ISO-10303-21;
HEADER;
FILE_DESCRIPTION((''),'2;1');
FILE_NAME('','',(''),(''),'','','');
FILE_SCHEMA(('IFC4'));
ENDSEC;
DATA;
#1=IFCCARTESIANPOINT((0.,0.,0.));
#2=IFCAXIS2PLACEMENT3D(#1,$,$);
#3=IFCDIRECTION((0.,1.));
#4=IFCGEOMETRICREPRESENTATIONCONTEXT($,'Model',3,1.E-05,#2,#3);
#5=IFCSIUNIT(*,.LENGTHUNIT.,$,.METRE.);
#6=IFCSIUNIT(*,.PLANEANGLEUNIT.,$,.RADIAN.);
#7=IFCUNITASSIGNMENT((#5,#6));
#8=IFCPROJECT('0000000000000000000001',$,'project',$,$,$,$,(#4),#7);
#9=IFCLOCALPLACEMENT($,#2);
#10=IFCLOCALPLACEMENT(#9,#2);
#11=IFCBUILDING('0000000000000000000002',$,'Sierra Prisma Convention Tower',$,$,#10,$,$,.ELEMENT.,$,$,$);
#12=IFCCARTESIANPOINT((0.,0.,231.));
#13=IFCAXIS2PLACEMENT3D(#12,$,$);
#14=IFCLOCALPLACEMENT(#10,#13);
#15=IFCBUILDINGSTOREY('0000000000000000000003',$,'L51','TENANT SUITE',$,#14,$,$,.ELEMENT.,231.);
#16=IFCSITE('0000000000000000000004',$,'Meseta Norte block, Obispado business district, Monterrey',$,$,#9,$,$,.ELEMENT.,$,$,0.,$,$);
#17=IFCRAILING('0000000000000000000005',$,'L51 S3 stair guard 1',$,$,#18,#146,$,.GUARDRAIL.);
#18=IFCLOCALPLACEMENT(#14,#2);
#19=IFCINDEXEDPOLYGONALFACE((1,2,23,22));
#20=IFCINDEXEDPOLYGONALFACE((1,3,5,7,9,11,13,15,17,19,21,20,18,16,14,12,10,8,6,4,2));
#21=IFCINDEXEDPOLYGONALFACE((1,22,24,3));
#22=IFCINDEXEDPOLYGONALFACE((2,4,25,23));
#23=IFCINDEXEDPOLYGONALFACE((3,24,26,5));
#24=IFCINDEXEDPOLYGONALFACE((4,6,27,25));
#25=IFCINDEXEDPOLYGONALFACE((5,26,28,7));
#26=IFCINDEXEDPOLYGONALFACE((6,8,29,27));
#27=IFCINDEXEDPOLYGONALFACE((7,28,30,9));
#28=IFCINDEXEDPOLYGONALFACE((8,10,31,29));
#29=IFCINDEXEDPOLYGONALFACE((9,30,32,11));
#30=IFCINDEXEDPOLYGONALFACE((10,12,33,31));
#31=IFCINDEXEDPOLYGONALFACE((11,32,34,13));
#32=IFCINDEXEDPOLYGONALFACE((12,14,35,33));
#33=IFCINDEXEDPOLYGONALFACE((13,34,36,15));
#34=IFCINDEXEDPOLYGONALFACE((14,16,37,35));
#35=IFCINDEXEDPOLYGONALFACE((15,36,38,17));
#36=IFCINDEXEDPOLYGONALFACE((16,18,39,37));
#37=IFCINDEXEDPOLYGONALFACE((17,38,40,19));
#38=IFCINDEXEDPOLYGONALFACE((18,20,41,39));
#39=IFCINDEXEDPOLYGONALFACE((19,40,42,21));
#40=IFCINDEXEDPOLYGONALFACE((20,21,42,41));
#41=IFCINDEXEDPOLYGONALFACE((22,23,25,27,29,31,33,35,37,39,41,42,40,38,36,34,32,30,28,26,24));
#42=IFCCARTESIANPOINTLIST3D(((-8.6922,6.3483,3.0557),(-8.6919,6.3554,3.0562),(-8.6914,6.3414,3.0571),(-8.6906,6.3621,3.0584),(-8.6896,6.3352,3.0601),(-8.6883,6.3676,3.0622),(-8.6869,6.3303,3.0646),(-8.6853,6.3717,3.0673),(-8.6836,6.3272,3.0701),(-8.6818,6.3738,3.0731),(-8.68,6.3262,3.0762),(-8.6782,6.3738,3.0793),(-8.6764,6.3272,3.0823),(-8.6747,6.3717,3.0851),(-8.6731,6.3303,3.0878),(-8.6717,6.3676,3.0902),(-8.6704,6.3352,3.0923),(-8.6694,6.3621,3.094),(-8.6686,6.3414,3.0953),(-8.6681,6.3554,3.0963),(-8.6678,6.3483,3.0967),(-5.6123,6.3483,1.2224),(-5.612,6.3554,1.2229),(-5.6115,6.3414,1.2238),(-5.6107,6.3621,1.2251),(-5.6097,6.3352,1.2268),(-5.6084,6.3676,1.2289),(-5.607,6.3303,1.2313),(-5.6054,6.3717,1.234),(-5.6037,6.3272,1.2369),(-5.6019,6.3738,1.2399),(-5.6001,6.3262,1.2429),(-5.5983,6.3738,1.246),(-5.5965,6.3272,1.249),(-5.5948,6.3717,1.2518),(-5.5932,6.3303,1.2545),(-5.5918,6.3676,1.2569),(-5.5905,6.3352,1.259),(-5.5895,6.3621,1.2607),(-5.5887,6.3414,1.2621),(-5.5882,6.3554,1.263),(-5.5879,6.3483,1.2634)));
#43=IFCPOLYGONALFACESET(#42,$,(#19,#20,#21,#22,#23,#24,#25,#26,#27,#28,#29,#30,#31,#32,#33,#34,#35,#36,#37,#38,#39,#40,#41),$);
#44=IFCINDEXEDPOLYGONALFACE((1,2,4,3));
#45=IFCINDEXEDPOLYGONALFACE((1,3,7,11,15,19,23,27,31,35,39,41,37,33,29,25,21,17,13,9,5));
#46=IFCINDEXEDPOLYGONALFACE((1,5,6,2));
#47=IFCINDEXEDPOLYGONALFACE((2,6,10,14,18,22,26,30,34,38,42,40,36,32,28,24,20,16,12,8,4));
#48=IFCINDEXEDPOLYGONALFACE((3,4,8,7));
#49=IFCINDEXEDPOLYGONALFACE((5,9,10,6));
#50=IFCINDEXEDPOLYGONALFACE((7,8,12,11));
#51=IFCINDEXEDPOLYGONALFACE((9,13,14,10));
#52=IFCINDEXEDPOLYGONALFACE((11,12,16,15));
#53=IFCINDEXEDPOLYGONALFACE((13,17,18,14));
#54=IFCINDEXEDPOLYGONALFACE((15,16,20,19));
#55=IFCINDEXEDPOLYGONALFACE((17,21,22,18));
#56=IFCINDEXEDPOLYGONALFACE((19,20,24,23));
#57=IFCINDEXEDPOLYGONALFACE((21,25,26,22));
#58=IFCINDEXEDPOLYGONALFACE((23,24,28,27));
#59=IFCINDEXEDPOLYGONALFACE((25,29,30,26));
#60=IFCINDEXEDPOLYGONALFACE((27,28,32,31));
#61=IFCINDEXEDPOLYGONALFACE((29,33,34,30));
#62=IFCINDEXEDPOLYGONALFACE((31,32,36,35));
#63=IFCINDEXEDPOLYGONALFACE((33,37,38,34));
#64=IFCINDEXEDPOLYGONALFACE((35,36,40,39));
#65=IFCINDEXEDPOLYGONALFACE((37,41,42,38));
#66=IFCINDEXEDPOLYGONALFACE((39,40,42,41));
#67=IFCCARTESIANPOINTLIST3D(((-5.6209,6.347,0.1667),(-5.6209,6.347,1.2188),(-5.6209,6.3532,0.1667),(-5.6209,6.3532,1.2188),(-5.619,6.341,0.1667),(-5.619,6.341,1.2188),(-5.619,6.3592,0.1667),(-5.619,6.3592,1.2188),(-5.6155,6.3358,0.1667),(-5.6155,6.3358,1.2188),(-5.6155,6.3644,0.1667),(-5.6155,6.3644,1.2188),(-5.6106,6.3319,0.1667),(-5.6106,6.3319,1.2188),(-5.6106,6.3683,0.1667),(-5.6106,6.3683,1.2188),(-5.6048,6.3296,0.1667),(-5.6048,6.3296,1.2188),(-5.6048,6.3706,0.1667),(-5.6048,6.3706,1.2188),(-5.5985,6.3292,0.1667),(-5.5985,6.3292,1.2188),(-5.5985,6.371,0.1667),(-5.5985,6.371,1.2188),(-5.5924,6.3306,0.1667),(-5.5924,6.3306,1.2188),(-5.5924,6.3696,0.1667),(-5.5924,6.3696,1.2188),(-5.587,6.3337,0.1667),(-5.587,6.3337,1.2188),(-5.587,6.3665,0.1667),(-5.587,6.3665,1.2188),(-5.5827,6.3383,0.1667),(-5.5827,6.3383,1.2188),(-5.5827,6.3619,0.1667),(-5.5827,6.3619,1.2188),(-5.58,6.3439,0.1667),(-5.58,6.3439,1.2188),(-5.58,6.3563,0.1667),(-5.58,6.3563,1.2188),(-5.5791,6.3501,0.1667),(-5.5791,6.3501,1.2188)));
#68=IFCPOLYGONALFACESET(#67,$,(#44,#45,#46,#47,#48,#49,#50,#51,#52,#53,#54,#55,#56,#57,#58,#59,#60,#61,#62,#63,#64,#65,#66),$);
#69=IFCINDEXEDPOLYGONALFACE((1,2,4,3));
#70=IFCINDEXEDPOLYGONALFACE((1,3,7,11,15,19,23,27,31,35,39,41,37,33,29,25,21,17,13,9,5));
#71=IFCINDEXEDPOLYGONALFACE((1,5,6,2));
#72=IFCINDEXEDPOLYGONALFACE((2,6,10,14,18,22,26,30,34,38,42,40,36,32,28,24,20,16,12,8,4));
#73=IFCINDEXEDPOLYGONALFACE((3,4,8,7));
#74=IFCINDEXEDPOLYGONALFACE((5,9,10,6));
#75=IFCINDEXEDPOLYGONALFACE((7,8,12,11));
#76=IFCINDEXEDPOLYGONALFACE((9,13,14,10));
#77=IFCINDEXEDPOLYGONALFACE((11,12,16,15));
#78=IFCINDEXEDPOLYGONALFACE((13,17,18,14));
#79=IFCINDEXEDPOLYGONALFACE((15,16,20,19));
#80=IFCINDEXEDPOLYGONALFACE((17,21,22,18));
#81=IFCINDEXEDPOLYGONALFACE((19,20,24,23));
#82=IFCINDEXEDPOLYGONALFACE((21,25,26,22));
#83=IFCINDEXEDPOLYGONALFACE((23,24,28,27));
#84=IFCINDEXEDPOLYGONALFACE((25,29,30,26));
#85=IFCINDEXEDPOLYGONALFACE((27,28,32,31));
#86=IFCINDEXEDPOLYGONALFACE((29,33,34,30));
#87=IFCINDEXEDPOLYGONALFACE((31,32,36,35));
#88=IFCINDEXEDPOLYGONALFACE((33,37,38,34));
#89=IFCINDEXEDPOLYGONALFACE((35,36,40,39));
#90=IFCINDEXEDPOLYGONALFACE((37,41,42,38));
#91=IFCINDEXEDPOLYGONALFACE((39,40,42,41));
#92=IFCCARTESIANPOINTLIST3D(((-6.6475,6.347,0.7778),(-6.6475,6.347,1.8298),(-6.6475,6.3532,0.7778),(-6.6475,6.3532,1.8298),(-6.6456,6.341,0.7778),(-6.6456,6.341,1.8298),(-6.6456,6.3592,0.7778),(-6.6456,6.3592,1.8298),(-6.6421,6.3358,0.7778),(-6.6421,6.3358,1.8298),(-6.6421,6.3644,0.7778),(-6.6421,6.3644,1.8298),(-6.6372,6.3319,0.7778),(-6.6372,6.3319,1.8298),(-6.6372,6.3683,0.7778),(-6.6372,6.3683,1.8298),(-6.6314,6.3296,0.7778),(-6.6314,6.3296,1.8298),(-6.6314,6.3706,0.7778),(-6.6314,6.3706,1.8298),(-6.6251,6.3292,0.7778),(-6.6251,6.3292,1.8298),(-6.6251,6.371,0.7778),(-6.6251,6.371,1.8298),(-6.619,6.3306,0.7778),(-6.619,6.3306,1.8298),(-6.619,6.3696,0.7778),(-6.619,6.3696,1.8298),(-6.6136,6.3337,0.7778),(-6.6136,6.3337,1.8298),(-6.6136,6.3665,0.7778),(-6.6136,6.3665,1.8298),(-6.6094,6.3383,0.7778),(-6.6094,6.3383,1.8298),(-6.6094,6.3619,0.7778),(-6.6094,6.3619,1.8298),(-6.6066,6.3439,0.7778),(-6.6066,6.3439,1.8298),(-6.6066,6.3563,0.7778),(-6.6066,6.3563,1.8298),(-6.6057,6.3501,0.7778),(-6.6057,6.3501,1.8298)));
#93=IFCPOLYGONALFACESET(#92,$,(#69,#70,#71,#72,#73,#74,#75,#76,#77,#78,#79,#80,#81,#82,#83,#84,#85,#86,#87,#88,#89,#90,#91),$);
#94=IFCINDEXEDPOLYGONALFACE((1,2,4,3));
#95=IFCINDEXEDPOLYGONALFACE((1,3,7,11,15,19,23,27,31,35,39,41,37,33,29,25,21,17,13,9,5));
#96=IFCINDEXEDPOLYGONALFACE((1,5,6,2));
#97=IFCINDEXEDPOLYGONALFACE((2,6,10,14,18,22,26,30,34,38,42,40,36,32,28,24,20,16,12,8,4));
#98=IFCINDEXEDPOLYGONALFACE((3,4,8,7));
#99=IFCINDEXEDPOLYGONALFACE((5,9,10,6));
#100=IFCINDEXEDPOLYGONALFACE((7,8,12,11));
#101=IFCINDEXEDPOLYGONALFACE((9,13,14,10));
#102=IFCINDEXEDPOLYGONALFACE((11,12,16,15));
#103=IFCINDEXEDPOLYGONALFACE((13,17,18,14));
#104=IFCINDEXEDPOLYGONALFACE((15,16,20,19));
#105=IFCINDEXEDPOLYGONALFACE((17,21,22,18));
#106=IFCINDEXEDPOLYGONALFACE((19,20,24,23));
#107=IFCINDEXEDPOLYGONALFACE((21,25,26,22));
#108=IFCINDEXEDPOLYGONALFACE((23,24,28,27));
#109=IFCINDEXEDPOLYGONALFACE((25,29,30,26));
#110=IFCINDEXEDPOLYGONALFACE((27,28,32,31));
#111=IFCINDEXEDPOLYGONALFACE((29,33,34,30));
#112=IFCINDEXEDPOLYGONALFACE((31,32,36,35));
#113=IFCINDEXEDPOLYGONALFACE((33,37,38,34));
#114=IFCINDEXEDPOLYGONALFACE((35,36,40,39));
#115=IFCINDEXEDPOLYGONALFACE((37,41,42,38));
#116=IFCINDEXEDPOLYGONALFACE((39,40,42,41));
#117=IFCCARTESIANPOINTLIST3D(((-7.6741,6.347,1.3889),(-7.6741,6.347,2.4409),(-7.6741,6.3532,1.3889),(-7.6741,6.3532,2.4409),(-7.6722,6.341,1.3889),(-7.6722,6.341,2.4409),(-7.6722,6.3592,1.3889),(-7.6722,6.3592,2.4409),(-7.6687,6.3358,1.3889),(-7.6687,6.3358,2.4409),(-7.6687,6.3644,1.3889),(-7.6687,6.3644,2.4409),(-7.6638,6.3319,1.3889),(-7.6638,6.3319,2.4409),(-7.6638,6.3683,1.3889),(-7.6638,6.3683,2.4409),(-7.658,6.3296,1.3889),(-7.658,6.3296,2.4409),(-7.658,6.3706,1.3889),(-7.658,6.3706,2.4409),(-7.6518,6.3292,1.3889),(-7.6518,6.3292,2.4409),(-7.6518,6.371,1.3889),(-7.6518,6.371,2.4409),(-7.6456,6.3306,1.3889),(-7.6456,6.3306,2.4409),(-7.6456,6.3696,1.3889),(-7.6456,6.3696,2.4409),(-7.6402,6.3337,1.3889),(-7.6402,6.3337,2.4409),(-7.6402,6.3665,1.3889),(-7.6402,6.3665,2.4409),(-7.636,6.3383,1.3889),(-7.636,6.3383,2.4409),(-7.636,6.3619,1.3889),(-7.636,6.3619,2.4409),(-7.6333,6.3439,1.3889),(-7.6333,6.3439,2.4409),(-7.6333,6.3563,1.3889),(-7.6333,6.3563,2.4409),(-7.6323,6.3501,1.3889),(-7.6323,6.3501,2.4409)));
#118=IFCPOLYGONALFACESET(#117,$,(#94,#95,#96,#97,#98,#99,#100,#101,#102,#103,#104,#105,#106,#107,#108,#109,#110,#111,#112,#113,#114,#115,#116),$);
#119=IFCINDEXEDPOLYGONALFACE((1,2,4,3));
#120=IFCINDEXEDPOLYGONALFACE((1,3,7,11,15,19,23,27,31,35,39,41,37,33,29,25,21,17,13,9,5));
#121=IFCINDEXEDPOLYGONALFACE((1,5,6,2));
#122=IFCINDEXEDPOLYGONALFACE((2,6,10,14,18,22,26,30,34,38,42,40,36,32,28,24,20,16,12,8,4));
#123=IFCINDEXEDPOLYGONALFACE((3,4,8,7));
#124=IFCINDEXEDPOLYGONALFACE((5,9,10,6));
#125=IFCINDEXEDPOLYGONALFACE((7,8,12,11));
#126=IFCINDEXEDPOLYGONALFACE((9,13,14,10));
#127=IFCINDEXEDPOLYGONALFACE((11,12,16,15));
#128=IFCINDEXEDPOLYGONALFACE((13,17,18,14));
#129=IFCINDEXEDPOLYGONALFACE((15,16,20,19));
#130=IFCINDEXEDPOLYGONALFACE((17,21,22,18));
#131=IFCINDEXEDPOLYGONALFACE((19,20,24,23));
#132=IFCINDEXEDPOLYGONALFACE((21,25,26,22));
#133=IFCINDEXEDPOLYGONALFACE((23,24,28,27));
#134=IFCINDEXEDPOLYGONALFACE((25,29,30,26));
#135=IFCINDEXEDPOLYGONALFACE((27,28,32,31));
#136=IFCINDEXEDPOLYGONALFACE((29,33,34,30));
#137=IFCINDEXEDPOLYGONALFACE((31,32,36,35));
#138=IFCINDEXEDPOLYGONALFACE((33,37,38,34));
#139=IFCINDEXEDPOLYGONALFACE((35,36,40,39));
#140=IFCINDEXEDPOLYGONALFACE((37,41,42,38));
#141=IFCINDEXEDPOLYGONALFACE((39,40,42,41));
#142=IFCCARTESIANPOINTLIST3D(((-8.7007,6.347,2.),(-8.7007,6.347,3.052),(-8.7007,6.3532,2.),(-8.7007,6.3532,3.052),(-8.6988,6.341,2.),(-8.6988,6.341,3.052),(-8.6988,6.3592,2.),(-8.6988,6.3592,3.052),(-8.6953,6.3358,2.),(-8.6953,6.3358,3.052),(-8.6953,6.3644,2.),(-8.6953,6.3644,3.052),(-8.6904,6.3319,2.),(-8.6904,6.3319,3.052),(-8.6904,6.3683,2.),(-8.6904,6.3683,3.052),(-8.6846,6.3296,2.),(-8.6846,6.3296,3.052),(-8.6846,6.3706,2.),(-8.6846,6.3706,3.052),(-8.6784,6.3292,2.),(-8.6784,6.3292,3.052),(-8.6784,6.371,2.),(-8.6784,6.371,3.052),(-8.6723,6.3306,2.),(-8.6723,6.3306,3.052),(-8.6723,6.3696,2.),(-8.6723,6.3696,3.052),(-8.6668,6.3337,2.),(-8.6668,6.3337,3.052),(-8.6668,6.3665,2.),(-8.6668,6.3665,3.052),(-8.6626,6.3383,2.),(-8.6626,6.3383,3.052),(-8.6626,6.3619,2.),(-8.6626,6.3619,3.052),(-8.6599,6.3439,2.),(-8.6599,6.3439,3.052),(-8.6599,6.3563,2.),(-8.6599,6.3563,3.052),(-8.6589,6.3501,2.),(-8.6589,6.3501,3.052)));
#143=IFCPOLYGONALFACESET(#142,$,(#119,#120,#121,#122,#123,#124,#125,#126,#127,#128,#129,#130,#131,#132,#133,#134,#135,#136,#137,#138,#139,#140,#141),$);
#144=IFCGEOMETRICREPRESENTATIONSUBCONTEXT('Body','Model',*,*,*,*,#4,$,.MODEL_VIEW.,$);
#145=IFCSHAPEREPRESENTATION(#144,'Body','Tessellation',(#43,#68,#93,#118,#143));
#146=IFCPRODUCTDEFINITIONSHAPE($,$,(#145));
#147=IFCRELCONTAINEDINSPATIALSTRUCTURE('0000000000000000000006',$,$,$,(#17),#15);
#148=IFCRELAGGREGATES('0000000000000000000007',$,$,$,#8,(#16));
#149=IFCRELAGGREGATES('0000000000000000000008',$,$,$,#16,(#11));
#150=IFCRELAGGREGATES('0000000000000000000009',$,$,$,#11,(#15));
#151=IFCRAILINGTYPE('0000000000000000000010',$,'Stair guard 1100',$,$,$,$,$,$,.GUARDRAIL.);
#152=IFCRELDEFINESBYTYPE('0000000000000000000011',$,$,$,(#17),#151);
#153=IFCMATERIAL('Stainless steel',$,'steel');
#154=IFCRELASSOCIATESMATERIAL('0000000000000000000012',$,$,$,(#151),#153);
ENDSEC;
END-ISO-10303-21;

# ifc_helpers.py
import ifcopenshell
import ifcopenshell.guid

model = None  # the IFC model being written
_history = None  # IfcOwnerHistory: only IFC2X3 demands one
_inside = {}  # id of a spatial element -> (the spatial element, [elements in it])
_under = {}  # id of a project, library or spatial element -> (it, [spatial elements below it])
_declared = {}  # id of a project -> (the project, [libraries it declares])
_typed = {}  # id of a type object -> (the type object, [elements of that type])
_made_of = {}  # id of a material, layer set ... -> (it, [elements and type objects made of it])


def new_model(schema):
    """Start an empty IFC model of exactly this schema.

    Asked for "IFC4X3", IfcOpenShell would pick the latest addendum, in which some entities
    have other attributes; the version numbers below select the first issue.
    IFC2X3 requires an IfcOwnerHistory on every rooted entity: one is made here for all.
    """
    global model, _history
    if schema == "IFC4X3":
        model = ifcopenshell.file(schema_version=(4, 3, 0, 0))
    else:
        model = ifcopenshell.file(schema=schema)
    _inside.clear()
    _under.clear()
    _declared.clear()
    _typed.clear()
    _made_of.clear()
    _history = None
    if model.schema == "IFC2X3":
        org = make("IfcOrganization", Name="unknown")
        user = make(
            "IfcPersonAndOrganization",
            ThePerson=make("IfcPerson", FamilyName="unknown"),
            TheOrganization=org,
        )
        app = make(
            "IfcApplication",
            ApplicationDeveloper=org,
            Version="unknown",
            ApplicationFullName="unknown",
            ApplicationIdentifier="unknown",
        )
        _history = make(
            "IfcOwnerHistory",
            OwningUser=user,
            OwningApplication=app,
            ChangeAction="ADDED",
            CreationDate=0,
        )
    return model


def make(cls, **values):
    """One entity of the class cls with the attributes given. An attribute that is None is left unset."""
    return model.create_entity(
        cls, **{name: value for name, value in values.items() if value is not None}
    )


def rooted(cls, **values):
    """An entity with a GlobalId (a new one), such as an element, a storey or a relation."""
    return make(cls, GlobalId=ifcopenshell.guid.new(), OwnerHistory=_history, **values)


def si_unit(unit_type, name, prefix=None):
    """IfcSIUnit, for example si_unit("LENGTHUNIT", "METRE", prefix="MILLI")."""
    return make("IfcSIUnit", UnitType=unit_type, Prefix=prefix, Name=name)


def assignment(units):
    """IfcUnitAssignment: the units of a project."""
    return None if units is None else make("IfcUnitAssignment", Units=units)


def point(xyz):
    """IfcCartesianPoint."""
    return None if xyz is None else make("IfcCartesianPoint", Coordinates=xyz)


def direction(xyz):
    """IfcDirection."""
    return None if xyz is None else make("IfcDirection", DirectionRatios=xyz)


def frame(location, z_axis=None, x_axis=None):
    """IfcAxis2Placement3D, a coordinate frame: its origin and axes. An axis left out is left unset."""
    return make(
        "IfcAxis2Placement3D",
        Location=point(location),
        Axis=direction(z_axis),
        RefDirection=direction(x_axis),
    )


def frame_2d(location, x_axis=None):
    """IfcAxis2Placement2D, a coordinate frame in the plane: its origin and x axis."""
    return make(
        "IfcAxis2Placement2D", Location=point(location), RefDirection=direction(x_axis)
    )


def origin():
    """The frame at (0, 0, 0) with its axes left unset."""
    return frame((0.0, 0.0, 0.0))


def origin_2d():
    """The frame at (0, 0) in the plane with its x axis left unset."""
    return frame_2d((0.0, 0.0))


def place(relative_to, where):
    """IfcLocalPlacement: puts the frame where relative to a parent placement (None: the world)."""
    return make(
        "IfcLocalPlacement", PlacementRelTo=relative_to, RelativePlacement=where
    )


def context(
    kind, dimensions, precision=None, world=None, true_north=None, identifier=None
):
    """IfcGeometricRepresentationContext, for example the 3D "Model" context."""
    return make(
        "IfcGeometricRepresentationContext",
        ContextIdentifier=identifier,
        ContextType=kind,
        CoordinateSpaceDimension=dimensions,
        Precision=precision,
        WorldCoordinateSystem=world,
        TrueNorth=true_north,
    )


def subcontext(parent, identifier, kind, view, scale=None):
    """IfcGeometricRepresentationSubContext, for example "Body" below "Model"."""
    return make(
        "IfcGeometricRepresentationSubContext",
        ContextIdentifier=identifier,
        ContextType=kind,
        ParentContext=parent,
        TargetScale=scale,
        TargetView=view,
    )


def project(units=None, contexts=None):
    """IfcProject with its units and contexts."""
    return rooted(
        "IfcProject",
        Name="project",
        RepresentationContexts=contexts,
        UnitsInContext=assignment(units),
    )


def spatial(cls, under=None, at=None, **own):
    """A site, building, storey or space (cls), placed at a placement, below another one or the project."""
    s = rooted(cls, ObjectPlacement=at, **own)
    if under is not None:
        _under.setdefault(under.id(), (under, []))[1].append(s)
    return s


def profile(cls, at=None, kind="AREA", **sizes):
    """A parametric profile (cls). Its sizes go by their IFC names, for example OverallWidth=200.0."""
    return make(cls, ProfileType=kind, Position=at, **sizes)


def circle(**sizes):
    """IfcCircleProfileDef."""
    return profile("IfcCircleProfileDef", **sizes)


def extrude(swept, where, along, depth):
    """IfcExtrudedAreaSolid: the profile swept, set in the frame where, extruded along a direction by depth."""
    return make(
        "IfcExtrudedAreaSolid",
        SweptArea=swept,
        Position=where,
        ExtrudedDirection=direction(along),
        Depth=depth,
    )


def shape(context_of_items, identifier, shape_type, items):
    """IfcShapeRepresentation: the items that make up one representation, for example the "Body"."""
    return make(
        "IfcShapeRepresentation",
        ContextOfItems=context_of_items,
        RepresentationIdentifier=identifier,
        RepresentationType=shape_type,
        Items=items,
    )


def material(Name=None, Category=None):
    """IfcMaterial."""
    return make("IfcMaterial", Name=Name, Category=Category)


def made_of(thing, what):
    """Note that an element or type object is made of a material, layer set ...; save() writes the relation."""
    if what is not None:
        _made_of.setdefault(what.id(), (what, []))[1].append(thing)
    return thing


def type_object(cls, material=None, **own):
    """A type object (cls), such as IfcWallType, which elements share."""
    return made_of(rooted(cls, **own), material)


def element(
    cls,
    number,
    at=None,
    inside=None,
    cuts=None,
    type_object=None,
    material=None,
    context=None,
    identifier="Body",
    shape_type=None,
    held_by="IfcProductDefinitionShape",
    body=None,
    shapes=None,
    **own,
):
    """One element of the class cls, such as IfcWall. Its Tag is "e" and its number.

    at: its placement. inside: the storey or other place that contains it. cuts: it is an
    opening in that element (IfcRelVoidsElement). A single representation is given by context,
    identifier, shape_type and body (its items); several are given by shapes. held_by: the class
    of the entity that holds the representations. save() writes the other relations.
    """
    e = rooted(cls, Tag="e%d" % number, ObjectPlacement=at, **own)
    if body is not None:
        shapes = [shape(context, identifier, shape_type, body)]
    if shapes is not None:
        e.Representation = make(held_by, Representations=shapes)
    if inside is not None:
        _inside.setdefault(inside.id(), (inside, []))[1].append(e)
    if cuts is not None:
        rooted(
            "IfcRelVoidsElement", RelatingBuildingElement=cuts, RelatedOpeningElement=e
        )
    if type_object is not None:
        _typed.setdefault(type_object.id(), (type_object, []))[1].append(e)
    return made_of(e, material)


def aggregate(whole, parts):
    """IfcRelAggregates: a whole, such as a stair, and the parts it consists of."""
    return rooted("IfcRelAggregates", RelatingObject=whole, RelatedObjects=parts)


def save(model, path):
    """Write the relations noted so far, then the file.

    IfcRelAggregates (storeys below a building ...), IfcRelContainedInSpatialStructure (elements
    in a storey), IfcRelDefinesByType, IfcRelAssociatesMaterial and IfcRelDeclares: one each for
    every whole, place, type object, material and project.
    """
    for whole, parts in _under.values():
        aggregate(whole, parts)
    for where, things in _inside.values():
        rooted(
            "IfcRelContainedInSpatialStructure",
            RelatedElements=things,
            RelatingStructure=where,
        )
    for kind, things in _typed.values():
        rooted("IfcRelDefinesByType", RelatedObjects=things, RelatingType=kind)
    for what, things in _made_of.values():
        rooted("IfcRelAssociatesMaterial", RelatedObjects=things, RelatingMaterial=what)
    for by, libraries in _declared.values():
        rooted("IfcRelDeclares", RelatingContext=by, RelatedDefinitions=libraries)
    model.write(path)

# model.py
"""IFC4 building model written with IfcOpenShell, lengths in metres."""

from ifc_helpers import new_model, si_unit, direction, frame, origin, origin_2d, place, context, subcontext, project, spatial, circle, extrude, material, type_object, element, save


model = new_model("IFC4")

# Units and contexts
model_context = context("Model", 3, precision=1e-05, world=origin(), true_north=direction((0.0, 1.0)))
body_context = subcontext(model_context, "Body", "Model", "MODEL_VIEW")
ifc_project = project(units=[si_unit("LENGTHUNIT", "METRE"), si_unit("PLANEANGLEUNIT", "RADIAN")], contexts=[model_context])

# Site, building, storey
site_placement = place(None, origin())
site = spatial("IfcSite", under=ifc_project, at=site_placement, Name="Meseta Norte block, Obispado business district, Monterrey", CompositionType="ELEMENT", RefElevation=0.0)
building_placement = place(site_placement, origin())
building = spatial("IfcBuilding", under=site, at=building_placement, Name="Sierra Prisma Convention Tower", CompositionType="ELEMENT")
storey_placement = place(building_placement, frame((0.0, 0.0, 231.0)))
storey = spatial("IfcBuildingStorey", under=building, at=storey_placement, Name="L51", Description="TENANT SUITE", CompositionType="ELEMENT", Elevation=231.0)

# Railing
ifc_material_1 = material(Name="Stainless steel", Category="steel")
railing_type_1 = type_object("IfcRailingType", Name="Stair guard 1100", PredefinedType="GUARDRAIL", material=ifc_material_1)
railing_1_placement = place(storey_placement, frame((-5.6001, 6.3501, 0.1667)))
element("IfcRailing", 1, at=railing_1_placement, inside=storey, type_object=railing_type_1, Name="L51 S3 stair guard 1", PredefinedType="GUARDRAIL", context=body_context, shape_type="SweptSolid", body=[
    extrude(circle(Radius=0.0239, at=origin_2d()), frame((0.0, 0.0, 1.0762), z_axis=(-0.859291, 0.0, 0.511487), x_axis=(0.0, -1.0, 0.0)), (0.0, 0.0, 1.0), 3.5842),
    extrude(circle(Radius=0.021, at=origin_2d()), origin(), (0.0, 0.0, 1.0), 1.052),
    extrude(circle(Radius=0.021, at=origin_2d()), frame((-1.0266, 0.0, 0.6111)), (0.0, 0.0, 1.0), 1.052),
    extrude(circle(Radius=0.021, at=origin_2d()), frame((-2.0532, 0.0, 1.2222)), (0.0, 0.0, 1.0), 1.052),
    extrude(circle(Radius=0.021, at=origin_2d()), frame((-3.0798, 0.0, 1.8333)), (0.0, 0.0, 1.0), 1.052),
])

save(model, "model.ifc")
